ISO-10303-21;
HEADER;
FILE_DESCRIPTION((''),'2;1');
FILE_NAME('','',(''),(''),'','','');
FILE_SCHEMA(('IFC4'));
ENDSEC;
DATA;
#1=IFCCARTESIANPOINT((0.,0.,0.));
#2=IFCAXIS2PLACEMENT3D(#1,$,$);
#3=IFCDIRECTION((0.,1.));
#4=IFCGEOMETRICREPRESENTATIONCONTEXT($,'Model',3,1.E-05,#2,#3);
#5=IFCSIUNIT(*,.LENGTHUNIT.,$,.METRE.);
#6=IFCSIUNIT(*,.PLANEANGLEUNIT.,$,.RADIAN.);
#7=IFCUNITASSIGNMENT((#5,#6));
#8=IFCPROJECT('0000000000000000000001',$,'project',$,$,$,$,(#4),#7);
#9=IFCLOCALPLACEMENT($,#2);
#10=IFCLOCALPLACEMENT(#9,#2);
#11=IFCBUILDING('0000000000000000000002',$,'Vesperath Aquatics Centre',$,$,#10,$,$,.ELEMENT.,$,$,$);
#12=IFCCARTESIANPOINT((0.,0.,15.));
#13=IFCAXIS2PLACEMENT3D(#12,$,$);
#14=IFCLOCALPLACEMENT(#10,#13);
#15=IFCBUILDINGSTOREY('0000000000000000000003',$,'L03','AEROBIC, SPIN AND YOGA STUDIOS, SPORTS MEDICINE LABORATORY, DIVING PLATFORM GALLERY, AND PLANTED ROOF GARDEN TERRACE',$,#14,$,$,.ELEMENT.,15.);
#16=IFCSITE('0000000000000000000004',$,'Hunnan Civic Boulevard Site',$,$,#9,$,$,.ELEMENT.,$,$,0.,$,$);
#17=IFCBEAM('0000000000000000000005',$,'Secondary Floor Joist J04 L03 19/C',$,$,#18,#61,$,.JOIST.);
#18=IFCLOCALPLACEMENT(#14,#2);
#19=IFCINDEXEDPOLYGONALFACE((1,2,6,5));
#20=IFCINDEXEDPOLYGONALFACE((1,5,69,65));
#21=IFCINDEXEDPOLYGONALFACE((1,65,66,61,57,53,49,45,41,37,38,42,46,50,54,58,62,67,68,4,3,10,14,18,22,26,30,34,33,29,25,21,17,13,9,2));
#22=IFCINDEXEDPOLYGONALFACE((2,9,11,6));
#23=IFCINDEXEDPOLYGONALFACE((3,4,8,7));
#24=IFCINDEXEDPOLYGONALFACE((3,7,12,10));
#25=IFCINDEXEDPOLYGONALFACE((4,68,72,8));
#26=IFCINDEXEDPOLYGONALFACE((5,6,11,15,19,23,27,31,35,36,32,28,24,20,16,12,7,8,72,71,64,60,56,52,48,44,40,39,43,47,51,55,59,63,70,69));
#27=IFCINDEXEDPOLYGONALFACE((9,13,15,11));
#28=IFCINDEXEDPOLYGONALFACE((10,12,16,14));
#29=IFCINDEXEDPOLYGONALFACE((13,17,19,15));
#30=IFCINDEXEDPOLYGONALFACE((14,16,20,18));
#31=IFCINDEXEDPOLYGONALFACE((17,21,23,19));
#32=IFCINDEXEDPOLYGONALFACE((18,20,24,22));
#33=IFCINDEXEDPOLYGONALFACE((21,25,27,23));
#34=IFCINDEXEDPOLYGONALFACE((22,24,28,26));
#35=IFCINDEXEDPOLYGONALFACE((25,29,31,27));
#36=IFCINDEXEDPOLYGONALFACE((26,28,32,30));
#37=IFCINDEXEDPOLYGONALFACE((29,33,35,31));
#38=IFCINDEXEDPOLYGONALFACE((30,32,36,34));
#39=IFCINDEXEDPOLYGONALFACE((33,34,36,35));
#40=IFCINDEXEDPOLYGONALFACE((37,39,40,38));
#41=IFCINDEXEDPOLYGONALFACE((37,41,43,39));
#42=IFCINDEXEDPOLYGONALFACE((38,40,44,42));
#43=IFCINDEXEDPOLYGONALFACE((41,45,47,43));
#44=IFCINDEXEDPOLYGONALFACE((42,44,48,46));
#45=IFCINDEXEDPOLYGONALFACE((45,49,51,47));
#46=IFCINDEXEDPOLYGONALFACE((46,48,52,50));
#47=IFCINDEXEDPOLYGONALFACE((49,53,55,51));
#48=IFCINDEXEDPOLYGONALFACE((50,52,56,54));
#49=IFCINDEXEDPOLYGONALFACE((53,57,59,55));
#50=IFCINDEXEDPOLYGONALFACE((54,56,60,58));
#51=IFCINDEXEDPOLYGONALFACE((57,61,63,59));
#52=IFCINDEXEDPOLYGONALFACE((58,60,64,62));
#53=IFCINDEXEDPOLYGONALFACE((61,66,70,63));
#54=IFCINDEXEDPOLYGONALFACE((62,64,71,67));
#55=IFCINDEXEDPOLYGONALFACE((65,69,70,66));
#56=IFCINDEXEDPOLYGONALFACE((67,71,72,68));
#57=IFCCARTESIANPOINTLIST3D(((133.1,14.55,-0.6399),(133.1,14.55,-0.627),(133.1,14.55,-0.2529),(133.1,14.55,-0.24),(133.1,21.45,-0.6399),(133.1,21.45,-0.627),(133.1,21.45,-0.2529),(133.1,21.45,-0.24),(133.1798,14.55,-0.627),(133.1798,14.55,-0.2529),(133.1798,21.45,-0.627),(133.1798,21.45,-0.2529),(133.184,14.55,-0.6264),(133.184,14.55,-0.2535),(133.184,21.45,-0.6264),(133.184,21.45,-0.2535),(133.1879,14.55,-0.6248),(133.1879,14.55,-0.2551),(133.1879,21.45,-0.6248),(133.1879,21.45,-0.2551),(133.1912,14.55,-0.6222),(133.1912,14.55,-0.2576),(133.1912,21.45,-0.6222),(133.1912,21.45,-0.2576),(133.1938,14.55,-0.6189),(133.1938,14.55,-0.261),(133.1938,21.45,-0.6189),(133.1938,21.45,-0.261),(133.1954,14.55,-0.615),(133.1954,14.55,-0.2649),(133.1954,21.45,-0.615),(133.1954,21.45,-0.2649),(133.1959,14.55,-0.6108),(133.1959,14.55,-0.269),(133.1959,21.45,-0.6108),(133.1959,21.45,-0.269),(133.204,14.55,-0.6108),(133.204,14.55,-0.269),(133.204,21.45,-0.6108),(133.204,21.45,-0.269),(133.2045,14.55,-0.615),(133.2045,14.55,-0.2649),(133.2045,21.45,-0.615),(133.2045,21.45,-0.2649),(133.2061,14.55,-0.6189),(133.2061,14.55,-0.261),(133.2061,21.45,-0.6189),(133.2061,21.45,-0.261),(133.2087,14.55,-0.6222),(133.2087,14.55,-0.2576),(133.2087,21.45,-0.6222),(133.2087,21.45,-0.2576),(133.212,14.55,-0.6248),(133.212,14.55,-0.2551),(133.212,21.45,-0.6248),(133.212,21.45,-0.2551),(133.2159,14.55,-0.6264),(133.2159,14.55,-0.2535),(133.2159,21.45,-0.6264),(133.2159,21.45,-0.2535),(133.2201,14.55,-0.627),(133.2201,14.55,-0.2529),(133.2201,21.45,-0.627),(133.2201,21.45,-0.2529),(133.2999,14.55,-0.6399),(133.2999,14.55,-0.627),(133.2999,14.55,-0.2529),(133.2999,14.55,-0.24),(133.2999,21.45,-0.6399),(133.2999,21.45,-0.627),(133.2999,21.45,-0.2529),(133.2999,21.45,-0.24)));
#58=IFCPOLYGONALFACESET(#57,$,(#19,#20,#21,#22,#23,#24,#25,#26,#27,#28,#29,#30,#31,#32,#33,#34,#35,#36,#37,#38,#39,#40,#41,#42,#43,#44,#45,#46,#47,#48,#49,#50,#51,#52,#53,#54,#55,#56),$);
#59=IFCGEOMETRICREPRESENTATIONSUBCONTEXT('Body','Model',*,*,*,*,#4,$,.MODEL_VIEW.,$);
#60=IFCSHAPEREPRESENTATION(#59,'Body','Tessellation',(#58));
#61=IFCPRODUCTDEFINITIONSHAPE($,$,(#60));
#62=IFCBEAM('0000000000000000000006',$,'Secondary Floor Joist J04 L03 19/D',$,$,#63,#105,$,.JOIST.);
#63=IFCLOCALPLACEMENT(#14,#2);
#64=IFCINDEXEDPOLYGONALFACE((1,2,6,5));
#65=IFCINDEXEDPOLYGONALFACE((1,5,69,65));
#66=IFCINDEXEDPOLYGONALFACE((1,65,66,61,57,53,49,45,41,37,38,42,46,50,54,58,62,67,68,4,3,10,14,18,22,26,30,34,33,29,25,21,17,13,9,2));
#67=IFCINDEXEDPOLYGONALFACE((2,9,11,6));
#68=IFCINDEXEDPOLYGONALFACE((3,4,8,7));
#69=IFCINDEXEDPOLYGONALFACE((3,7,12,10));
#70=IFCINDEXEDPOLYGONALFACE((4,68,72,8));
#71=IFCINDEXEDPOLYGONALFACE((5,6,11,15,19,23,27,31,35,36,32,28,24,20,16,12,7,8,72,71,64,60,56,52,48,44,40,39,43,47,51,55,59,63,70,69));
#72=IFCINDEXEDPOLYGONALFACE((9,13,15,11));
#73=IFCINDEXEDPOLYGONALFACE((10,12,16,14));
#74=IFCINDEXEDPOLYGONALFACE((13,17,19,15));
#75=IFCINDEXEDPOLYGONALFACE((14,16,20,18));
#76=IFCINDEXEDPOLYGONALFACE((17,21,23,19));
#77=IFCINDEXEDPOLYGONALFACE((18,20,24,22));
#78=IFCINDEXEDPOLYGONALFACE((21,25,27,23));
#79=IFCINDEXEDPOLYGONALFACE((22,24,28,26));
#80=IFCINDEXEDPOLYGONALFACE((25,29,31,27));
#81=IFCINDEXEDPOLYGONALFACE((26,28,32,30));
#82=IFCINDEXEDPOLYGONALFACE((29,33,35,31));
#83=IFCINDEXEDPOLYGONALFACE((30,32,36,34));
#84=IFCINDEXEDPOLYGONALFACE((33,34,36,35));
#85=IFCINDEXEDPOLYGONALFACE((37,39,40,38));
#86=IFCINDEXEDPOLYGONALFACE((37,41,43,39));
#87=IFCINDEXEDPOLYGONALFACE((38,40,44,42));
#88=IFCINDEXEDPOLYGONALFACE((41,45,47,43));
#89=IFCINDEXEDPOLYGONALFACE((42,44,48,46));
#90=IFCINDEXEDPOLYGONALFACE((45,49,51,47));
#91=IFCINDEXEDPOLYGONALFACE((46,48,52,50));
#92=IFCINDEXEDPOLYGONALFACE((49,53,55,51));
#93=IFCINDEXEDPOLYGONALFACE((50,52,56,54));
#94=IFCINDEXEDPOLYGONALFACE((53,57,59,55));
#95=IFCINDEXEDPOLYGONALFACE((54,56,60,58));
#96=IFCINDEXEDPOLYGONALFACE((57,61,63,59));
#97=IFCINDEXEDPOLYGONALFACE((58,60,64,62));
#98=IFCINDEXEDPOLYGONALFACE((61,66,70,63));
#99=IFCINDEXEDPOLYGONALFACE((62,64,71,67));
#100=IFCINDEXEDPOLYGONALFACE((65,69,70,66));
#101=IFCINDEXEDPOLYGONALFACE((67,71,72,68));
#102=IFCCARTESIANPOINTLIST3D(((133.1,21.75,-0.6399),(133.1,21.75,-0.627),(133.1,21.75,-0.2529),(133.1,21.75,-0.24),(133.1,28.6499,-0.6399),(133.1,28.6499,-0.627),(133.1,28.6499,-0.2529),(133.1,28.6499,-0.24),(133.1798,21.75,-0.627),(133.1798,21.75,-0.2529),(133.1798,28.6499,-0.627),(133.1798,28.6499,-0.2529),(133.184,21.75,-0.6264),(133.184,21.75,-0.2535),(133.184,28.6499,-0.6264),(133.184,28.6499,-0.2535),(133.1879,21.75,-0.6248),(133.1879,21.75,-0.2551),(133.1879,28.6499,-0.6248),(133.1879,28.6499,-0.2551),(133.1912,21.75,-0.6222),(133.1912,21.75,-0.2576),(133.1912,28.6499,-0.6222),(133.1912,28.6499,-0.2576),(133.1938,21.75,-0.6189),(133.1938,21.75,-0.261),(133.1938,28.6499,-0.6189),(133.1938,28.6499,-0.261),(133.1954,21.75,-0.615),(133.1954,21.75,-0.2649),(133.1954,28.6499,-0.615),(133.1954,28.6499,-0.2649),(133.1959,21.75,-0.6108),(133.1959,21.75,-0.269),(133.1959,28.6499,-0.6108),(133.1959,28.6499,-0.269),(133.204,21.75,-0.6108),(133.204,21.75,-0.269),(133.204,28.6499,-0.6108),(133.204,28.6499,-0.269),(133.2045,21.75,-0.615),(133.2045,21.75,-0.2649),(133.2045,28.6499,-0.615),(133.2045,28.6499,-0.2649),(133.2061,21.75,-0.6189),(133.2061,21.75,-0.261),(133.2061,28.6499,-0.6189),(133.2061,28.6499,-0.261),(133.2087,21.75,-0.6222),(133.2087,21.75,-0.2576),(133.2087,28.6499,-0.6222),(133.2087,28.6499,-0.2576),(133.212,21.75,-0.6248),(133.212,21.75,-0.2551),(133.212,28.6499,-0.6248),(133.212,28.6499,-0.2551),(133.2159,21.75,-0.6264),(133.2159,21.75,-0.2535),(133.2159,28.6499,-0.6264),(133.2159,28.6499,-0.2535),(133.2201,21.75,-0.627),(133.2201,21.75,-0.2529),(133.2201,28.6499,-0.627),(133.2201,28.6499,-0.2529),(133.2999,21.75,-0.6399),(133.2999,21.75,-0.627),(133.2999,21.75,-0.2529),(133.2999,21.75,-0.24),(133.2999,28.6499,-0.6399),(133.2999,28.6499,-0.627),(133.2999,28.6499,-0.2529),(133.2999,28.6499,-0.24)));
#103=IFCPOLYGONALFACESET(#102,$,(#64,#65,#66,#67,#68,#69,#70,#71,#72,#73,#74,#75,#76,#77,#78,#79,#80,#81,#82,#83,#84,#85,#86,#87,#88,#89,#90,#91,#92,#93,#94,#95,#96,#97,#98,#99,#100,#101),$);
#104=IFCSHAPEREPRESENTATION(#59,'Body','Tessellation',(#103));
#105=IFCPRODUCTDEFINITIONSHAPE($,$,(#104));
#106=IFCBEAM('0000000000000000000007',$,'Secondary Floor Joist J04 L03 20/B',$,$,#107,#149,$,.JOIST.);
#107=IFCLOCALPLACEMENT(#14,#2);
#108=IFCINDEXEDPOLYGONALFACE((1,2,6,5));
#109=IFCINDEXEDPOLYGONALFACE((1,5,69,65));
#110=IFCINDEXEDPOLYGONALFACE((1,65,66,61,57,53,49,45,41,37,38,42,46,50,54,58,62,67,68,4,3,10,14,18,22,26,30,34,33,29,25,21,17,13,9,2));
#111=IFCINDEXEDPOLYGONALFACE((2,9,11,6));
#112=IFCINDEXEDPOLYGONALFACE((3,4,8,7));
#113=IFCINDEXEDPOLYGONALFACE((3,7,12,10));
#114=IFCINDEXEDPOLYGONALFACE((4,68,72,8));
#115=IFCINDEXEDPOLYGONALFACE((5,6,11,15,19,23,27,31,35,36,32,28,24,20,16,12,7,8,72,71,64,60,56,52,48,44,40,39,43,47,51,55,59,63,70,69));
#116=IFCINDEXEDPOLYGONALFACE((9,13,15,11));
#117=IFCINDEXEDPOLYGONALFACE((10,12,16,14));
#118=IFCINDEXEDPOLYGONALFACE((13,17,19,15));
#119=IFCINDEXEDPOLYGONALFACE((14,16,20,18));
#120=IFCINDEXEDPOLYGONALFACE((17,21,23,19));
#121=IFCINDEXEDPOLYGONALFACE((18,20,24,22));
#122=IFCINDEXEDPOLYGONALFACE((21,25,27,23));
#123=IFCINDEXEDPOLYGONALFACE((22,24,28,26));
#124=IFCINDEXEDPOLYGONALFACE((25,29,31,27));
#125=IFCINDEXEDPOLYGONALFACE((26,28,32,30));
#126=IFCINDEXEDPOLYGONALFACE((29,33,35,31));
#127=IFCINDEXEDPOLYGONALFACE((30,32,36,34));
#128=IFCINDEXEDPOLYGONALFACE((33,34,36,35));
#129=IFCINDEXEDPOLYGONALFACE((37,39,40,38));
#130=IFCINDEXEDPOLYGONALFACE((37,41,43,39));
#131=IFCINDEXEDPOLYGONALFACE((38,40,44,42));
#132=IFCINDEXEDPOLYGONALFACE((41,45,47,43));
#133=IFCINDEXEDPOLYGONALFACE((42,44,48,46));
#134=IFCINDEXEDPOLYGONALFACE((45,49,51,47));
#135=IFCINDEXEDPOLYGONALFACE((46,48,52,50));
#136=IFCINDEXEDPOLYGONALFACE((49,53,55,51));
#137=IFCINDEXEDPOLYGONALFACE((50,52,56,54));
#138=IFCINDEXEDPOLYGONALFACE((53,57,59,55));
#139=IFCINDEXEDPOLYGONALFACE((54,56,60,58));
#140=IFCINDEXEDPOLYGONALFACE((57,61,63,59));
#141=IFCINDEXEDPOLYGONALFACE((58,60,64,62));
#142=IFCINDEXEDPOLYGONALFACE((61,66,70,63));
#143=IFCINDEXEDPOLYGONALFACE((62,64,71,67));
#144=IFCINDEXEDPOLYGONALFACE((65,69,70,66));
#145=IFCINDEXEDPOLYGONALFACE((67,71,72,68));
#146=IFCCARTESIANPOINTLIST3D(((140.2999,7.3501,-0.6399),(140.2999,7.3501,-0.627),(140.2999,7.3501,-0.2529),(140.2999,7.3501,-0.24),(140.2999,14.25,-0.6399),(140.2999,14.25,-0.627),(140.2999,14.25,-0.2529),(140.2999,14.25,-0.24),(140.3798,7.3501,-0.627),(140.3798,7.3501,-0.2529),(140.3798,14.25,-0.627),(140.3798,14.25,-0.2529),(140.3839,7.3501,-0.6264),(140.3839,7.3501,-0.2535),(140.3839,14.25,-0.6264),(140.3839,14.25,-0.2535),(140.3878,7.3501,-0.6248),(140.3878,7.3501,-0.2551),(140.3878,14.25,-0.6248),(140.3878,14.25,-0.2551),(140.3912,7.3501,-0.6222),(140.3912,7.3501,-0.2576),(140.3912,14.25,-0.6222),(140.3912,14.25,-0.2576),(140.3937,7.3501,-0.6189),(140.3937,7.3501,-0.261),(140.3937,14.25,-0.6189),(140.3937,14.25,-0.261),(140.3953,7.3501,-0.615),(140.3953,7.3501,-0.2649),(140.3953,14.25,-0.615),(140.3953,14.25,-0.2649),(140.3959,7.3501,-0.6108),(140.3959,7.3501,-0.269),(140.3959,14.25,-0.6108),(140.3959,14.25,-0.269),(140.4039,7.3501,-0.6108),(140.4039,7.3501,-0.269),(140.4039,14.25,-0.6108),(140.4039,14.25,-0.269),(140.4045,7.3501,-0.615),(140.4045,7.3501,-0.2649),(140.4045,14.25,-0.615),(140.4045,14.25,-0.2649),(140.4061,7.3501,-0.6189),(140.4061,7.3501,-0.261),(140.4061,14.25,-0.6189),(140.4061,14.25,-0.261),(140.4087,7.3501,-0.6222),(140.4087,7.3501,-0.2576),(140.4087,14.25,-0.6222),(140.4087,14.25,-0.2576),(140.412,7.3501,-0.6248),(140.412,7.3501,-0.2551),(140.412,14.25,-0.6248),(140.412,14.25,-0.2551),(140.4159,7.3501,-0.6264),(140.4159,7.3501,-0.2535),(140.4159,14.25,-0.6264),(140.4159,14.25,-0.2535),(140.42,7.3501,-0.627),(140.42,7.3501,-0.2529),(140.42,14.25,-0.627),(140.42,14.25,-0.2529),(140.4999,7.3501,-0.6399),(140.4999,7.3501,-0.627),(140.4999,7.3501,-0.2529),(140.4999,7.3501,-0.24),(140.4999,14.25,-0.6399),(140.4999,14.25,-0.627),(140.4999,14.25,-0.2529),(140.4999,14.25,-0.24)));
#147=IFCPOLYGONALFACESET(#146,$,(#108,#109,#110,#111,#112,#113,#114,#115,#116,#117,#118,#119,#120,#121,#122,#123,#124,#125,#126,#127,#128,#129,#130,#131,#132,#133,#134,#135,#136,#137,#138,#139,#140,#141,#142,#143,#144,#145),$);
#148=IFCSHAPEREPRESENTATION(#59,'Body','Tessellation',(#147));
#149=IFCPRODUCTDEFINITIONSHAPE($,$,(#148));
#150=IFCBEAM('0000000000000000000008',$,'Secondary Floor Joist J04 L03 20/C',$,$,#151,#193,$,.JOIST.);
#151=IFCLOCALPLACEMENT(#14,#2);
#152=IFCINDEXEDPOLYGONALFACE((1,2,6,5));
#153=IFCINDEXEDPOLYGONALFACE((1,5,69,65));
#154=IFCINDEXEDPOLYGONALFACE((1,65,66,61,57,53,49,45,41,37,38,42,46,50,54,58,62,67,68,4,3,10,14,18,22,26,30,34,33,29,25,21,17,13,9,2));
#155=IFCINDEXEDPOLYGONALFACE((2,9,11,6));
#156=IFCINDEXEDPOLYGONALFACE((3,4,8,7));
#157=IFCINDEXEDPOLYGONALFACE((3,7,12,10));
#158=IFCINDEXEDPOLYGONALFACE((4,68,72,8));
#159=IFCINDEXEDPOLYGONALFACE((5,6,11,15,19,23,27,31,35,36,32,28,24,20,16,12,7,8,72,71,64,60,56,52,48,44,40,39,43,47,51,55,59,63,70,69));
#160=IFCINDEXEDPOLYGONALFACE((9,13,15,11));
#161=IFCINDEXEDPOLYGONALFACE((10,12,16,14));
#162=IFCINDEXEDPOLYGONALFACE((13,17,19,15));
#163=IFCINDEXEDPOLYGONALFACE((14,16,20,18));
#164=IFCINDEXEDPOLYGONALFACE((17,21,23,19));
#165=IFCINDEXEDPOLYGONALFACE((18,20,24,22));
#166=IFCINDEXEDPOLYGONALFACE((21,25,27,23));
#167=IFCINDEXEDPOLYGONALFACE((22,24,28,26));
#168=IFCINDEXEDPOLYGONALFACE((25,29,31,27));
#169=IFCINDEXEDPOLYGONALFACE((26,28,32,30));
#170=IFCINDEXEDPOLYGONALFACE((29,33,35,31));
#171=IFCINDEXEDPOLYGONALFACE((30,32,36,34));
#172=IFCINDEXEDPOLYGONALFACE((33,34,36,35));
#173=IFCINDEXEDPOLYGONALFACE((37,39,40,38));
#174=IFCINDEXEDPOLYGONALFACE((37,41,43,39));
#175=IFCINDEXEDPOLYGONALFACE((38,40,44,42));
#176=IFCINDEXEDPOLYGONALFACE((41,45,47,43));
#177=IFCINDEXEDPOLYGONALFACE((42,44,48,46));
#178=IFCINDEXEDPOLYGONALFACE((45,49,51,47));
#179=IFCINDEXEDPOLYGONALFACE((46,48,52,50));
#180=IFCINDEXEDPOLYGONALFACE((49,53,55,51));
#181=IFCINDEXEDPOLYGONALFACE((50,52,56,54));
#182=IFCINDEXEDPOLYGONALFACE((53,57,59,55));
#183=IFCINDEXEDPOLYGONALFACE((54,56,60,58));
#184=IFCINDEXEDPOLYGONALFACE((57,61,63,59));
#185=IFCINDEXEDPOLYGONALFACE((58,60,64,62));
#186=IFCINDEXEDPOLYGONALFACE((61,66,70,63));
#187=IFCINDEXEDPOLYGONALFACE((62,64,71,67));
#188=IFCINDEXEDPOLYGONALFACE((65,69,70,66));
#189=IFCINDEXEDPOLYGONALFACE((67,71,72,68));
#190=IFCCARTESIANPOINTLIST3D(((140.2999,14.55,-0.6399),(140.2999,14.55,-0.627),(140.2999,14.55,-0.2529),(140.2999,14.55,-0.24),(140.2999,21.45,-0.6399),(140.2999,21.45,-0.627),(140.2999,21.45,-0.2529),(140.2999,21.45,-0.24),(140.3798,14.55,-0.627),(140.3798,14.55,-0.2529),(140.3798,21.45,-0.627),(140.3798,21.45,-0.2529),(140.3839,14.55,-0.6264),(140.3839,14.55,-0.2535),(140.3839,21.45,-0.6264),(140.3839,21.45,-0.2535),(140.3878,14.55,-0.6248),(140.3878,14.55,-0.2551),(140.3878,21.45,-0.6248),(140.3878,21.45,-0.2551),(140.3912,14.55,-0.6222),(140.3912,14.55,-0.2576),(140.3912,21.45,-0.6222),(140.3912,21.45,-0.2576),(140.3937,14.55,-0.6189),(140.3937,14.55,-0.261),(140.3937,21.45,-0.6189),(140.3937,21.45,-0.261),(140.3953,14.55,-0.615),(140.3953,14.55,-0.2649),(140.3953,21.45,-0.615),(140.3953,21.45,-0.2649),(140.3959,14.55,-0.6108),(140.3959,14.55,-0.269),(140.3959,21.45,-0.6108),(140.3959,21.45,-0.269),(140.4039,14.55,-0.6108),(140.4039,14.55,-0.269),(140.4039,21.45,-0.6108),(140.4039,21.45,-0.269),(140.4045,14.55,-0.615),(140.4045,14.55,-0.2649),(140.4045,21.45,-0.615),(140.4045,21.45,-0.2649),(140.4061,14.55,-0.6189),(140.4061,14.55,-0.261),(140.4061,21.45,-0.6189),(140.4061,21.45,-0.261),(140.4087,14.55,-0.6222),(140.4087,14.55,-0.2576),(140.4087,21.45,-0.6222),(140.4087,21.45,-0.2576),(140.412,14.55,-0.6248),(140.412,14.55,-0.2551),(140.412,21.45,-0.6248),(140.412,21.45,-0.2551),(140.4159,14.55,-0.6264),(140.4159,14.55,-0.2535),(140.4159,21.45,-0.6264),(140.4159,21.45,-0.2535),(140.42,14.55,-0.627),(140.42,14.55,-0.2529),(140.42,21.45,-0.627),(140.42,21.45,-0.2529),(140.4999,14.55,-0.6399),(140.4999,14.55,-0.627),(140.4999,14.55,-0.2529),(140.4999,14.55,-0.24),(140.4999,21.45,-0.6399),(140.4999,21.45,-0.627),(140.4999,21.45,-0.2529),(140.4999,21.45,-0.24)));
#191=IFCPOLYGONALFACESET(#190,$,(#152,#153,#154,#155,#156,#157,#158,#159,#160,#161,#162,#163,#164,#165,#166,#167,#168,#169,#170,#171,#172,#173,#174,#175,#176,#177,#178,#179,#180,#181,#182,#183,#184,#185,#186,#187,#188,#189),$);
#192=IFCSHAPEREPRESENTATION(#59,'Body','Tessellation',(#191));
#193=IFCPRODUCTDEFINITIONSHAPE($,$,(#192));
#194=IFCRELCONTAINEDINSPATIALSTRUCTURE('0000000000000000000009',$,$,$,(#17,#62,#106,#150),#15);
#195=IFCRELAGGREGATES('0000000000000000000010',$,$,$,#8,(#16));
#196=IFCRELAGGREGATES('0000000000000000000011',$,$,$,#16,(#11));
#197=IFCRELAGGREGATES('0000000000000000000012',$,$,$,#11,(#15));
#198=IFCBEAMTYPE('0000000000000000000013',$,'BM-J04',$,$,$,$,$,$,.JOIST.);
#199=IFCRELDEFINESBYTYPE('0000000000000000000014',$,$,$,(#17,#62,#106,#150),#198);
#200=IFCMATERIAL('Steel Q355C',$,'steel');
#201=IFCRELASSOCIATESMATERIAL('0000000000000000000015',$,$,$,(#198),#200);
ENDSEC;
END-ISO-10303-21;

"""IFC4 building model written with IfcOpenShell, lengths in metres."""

from ifc_helpers import new_model, si_unit, direction, frame, origin, origin_2d, place, context, subcontext, project, spatial, i_section, extrude, material, material_profile, profile_set, type_object, element, save


model = new_model("IFC4")

# Units and contexts
model_context = context("Model", 3, precision=1e-05, world=origin(), true_north=direction((0.0, 1.0)))
body_context = subcontext(model_context, "Body", "Model", "MODEL_VIEW")
ifc_project = project(units=[si_unit("LENGTHUNIT", "METRE"), si_unit("PLANEANGLEUNIT", "RADIAN")], contexts=[model_context])

# Site, building, storey
site_placement = place(None, origin())
site = spatial("IfcSite", under=ifc_project, at=site_placement, Name="Hunnan Civic Boulevard Site", CompositionType="ELEMENT", RefElevation=0.0)
building_placement = place(site_placement, origin())
building = spatial("IfcBuilding", under=site, at=building_placement, Name="Vesperath Aquatics Centre", CompositionType="ELEMENT")
storey_placement = place(building_placement, frame((0.0, 0.0, 15.0)))
storey = spatial("IfcBuildingStorey", under=building, at=storey_placement, Name="L03", Description="AEROBIC, SPIN AND YOGA STUDIOS, SPORTS MEDICINE LABORATORY, DIVING PLATFORM GALLERY, AND PLANTED ROOF GARDEN TERRACE", CompositionType="ELEMENT", Elevation=15.0)

# Beams
ifc_material_1 = material(Name="Steel Q355C", Category="steel")
ifc_material_profile_1 = material_profile(ifc_material_1, i_section(OverallWidth=0.2, OverallDepth=0.3999, WebThickness=0.0081, FlangeThickness=0.0129, FilletRadius=0.0161, at=origin_2d()), Name="HN 400x200x8x13")
ifc_profile_set_1 = profile_set([ifc_material_profile_1], Name="Steel Q355C")
beam_type_1 = type_object("IfcBeamType", Name="BM-J04", PredefinedType="JOIST", material=ifc_profile_set_1)
for number, where, z_axis, x_axis, name in (
    (1, (133.2, 14.55, -0.4399), (0.0, 1.0, 0.0), (-1.0, 0.0, 0.0), "Secondary Floor Joist J04 L03 19/C"),
    (2, (133.2, 21.75, -0.4399), (0.0, 1.0, 0.0), (-1.0, 0.0, 0.0), "Secondary Floor Joist J04 L03 19/D"),
    (3, (140.3999, 7.3501, -0.4399), (0.0, 1.0, 0.0), (-1.0, 0.0, 0.0), "Secondary Floor Joist J04 L03 20/B"),
    (4, (140.3999, 14.55, -0.4399), (0.0, 1.0, 0.0), (-1.0, 0.0, 0.0), "Secondary Floor Joist J04 L03 20/C"),
):
    element("IfcBeam", number, at=place(storey_placement, frame(where, z_axis=z_axis, x_axis=x_axis)), inside=storey, type_object=beam_type_1, Name=name, PredefinedType="JOIST", context=body_context, shape_type="SweptSolid", body=[
        extrude(i_section(OverallWidth=0.2, OverallDepth=0.3999, WebThickness=0.0081, FlangeThickness=0.0129, FilletRadius=0.0161, at=origin_2d()), origin(), (0.0, 0.0, 1.0), 6.8999),
    ])

save(model, "model.ifc")
